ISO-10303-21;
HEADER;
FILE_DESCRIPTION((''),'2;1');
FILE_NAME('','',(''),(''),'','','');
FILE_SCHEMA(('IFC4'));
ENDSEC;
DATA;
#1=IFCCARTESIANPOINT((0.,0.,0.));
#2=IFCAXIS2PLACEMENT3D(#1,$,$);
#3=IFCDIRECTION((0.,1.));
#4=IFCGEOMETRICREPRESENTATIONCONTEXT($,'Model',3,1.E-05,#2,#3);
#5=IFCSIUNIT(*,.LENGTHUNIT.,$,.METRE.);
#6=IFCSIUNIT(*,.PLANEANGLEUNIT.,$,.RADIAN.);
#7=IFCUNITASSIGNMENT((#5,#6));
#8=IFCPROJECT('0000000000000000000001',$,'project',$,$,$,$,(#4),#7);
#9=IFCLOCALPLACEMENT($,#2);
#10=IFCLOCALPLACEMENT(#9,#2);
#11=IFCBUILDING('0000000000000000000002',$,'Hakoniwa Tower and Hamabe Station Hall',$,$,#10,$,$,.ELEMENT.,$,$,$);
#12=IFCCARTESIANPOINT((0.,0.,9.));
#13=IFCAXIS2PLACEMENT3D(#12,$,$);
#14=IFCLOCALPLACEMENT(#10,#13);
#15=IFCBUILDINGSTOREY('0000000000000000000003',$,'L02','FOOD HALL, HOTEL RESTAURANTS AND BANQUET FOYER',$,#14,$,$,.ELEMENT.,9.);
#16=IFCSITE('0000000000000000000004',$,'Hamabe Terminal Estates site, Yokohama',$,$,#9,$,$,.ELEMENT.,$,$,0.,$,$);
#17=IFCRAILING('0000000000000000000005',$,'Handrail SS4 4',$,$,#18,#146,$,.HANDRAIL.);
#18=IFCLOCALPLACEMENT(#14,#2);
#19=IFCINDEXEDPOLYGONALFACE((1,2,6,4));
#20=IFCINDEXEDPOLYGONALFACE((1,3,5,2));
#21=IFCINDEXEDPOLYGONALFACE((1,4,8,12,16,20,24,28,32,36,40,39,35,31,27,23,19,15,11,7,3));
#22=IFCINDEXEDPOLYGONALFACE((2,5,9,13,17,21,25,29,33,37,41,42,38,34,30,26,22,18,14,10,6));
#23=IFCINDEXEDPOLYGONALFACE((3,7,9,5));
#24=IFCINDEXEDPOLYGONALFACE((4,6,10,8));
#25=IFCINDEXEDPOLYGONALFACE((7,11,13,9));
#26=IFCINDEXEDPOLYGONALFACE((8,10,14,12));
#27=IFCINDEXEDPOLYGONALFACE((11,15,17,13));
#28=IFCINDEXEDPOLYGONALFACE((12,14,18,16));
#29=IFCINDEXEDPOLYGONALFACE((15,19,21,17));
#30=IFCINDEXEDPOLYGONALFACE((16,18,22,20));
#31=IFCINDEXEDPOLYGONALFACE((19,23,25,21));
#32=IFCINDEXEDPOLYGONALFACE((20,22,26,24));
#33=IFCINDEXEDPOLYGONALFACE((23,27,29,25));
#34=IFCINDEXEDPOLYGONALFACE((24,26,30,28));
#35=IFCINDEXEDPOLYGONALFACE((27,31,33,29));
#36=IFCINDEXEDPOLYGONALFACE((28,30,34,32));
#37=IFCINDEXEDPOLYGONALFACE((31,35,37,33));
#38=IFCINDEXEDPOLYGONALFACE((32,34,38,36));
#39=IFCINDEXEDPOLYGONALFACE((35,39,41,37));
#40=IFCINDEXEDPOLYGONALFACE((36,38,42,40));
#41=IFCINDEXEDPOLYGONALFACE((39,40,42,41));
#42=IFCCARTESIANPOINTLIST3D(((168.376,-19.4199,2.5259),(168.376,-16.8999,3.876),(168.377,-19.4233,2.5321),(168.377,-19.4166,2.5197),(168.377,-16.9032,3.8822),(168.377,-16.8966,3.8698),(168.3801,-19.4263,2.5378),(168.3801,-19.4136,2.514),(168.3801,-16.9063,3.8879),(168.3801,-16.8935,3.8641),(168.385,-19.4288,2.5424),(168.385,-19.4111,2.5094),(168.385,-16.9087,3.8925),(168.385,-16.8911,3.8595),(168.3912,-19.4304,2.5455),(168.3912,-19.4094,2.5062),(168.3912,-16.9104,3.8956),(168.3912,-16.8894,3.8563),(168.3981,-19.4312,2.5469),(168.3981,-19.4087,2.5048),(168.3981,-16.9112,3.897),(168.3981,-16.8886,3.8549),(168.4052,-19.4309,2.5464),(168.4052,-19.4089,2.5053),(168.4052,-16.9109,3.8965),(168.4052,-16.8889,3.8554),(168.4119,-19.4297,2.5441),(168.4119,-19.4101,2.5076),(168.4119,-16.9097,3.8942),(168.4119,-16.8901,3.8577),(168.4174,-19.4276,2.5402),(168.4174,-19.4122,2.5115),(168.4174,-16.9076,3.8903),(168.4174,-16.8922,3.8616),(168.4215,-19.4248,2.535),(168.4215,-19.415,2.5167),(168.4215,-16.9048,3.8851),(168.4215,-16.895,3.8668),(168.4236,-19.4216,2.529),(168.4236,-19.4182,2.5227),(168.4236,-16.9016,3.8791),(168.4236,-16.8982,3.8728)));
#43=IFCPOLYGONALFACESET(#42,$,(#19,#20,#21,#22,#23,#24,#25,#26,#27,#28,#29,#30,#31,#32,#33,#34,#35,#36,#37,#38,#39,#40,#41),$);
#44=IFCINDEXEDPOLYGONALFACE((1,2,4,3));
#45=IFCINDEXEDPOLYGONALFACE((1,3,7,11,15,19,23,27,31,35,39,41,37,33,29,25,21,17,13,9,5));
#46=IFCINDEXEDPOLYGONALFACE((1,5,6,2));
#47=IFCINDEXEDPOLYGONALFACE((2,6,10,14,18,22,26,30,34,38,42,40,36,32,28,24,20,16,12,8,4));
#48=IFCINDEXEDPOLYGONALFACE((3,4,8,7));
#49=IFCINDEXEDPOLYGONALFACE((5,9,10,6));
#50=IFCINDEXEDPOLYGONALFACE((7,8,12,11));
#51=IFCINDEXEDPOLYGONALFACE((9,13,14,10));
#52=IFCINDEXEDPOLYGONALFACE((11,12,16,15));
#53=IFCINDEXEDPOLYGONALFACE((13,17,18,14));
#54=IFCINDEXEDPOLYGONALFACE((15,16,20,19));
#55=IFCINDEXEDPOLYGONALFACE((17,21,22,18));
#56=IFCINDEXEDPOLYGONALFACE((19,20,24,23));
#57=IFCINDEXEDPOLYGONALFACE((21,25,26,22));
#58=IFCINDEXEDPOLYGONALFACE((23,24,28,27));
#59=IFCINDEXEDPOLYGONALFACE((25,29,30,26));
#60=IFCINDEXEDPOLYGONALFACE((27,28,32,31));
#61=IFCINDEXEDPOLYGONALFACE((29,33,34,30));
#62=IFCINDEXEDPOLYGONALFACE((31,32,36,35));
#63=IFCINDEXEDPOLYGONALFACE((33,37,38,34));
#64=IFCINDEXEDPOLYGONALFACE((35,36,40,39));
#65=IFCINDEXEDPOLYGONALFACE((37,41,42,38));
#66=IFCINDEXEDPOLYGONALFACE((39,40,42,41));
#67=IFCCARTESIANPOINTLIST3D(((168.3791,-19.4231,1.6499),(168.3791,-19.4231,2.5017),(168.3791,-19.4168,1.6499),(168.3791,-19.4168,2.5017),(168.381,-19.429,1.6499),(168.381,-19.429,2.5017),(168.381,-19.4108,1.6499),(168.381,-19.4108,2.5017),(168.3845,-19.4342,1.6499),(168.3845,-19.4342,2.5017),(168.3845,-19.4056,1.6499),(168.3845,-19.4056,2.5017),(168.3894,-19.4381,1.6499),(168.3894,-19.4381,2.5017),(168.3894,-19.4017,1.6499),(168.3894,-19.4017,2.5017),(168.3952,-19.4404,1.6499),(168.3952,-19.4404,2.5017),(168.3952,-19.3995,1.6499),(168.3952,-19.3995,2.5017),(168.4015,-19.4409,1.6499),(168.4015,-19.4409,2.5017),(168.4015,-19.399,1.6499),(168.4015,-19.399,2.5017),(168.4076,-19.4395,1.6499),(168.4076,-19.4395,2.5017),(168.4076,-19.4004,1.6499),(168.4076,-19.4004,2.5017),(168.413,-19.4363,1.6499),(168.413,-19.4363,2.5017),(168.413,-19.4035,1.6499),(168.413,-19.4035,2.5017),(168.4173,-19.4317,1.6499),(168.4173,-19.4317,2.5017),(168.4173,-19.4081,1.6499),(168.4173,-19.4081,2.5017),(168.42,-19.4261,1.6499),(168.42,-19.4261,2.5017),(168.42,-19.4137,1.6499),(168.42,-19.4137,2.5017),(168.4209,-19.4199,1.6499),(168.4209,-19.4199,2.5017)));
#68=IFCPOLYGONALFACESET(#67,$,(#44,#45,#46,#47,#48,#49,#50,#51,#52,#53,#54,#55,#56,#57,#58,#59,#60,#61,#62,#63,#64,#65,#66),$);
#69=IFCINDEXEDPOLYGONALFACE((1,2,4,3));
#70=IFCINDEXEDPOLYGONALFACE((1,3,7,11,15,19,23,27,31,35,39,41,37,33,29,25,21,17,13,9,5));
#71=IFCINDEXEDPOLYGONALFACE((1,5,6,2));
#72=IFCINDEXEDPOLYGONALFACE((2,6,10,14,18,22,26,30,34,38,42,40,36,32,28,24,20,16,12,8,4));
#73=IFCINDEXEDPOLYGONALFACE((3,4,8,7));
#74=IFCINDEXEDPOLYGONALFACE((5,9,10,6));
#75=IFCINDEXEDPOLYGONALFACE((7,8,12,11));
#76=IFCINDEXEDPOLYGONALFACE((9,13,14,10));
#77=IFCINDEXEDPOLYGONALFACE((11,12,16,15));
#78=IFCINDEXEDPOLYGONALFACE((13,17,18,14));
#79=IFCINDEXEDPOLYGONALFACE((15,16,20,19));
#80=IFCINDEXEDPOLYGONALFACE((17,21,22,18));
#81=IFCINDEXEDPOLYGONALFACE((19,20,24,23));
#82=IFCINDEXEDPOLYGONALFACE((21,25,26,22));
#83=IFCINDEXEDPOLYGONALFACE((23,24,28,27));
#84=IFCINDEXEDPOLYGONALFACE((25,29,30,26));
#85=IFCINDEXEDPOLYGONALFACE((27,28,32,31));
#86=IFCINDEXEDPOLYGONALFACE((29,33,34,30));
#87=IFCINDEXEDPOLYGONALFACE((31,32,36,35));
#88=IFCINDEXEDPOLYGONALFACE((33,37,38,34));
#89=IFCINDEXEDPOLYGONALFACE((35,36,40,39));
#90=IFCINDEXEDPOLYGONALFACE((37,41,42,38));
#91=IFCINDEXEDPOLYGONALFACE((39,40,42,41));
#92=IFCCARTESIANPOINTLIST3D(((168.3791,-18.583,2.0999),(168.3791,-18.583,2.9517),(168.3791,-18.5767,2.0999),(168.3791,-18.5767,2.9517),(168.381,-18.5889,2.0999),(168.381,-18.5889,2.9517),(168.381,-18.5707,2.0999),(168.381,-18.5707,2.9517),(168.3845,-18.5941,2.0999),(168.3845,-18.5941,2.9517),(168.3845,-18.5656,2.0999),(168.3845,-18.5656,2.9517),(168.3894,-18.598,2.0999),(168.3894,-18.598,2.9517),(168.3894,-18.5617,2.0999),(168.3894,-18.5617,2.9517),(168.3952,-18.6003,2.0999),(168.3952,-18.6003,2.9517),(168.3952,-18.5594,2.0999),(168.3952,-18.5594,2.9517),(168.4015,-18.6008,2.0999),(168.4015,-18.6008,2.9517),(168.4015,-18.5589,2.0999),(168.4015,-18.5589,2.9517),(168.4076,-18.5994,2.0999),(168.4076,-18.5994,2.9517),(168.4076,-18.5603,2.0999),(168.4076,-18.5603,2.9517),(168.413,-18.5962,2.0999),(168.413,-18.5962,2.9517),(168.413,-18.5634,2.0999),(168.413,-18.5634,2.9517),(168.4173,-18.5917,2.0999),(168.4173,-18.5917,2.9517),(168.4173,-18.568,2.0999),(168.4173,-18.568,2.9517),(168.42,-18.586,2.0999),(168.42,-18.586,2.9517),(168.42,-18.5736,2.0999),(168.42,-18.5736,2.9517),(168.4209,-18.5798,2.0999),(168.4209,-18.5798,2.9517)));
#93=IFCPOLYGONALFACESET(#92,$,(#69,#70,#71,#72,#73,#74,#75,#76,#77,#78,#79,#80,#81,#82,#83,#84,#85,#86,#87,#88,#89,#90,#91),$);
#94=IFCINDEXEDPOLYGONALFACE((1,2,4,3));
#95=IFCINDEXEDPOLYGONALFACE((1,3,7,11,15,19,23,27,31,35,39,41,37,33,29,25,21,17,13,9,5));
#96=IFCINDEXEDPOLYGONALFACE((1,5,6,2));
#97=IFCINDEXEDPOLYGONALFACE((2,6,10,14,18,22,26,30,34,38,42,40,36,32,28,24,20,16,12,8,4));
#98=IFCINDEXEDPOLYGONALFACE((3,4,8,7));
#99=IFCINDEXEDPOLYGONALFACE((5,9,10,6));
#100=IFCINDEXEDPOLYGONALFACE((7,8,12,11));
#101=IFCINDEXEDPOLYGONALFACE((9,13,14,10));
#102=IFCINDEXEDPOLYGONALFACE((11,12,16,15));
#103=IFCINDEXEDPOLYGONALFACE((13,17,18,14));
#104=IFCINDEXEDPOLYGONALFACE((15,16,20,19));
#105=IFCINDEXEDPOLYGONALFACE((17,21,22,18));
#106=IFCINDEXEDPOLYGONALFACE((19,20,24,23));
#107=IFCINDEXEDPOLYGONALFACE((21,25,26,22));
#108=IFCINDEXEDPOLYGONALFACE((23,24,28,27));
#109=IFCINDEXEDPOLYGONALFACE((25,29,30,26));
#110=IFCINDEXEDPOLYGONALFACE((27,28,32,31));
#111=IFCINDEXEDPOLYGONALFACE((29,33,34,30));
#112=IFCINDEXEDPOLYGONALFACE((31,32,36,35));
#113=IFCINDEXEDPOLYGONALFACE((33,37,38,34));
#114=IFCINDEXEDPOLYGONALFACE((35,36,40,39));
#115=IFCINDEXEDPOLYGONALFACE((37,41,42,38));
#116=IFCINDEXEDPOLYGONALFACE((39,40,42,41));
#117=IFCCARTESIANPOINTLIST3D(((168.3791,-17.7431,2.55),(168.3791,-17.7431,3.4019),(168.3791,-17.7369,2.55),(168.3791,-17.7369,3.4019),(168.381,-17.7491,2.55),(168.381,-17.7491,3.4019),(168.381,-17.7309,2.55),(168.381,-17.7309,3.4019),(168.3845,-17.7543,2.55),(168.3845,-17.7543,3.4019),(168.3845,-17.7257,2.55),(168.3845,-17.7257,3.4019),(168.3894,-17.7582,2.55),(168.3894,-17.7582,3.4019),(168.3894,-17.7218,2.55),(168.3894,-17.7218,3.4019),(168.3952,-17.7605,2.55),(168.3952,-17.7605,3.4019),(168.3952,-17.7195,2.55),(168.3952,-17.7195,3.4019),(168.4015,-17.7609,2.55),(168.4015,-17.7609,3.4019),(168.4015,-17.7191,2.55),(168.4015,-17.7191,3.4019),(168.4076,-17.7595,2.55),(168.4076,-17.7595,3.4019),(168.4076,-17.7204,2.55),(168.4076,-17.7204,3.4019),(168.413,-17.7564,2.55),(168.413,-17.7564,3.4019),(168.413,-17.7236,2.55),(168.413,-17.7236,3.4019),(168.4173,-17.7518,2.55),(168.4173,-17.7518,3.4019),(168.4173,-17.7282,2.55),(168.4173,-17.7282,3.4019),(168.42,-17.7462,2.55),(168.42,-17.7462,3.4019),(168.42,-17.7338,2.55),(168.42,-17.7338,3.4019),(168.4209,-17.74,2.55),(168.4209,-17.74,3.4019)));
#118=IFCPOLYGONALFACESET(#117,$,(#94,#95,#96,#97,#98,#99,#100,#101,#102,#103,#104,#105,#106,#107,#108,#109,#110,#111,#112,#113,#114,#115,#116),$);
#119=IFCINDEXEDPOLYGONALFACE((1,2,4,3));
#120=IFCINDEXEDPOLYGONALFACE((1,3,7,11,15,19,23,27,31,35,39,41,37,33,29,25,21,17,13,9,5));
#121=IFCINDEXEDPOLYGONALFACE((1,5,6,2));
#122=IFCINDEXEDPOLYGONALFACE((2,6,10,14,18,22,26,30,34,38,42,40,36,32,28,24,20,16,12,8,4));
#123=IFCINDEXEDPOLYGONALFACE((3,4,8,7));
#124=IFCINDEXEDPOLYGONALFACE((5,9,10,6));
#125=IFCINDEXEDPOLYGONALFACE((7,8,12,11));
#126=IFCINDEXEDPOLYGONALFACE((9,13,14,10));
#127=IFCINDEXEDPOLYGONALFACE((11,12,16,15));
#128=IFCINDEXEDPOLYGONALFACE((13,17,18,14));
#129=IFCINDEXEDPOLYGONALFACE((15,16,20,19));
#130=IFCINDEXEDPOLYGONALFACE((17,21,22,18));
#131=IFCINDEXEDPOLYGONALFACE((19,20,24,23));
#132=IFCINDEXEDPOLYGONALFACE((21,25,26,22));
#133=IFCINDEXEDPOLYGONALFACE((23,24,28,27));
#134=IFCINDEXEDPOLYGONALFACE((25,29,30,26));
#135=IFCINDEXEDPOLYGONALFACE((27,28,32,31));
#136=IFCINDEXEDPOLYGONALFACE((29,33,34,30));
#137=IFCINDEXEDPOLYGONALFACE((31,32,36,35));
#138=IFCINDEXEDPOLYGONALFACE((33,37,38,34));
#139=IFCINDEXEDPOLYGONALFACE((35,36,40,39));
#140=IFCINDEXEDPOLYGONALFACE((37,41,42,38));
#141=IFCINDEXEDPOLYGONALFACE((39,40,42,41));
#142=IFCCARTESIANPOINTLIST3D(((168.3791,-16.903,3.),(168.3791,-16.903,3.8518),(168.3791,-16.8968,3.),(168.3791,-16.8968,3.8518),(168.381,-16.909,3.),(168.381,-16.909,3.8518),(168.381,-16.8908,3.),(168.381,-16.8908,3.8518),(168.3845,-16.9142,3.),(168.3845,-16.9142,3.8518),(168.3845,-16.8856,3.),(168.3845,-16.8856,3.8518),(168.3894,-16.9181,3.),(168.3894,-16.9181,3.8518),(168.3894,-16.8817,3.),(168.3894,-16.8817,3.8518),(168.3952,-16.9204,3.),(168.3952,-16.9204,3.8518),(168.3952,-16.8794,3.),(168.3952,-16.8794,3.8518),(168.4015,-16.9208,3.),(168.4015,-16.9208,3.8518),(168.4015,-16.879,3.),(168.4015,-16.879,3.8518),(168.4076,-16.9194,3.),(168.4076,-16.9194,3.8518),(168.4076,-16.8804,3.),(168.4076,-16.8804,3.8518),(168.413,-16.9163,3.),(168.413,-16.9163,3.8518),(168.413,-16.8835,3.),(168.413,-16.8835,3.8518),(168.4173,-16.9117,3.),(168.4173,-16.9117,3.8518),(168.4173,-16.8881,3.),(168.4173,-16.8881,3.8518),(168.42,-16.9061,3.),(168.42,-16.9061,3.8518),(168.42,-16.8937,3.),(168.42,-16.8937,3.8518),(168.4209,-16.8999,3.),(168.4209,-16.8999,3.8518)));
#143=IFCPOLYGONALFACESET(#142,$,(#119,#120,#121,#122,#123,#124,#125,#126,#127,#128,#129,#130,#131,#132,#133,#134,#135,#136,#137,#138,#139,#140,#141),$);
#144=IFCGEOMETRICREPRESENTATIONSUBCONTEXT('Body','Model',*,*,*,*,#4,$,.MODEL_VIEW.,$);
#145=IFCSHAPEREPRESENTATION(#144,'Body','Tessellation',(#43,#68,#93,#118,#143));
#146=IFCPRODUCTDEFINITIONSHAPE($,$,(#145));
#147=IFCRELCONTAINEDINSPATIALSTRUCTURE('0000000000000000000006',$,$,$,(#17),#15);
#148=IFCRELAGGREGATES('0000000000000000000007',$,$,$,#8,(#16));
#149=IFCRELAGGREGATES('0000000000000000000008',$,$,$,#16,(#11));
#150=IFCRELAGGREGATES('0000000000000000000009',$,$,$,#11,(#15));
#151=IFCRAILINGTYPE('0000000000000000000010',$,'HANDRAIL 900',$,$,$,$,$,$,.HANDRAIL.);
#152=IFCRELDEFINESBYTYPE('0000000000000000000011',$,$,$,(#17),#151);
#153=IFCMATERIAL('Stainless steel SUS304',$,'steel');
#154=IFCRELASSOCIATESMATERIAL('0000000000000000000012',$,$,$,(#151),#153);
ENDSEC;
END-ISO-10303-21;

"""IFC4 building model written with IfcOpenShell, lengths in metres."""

from ifc_helpers import new_model, si_unit, direction, frame, origin, origin_2d, place, context, subcontext, project, spatial, circle, extrude, material, type_object, element, save


model = new_model("IFC4")

# Units and contexts
model_context = context("Model", 3, precision=1e-05, world=origin(), true_north=direction((0.0, 1.0)))
body_context = subcontext(model_context, "Body", "Model", "MODEL_VIEW")
ifc_project = project(units=[si_unit("LENGTHUNIT", "METRE"), si_unit("PLANEANGLEUNIT", "RADIAN")], contexts=[model_context])

# Site, building, storey
site_placement = place(None, origin())
site = spatial("IfcSite", under=ifc_project, at=site_placement, Name="Hamabe Terminal Estates site, Yokohama", CompositionType="ELEMENT", RefElevation=0.0)
building_placement = place(site_placement, origin())
building = spatial("IfcBuilding", under=site, at=building_placement, Name="Hakoniwa Tower and Hamabe Station Hall", CompositionType="ELEMENT")
storey_placement = place(building_placement, frame((0.0, 0.0, 9.0)))
storey = spatial("IfcBuildingStorey", under=building, at=storey_placement, Name="L02", Description="FOOD HALL, HOTEL RESTAURANTS AND BANQUET FOYER", CompositionType="ELEMENT", Elevation=9.0)

# Railing
ifc_material_1 = material(Name="Stainless steel SUS304", Category="steel")
railing_type = type_object("IfcRailingType", Name="HANDRAIL 900", PredefinedType="HANDRAIL", material=ifc_material_1)
for number, where, name in (
    (1, (168.3999, -19.4199, 1.6499), "Handrail SS4 4"),
):
    element("IfcRailing", number, at=place(storey_placement, frame(where)), inside=storey, type_object=railing_type, Name=name, PredefinedType="HANDRAIL", context=body_context, shape_type="SweptSolid", body=[
        extrude(circle(Radius=0.0239, at=origin_2d()), frame((0.0, 0.0, 0.876), z_axis=(0.0, 0.881467, 0.472245), x_axis=(-1.0, 0.0, 0.0)), (0.0, 0.0, 1.0), 2.8589),
        extrude(circle(Radius=0.021, at=origin_2d()), origin(), (0.0, 0.0, 1.0), 0.8518),
        extrude(circle(Radius=0.021, at=origin_2d()), frame((0.0, 0.8401, 0.45)), (0.0, 0.0, 1.0), 0.8518),
        extrude(circle(Radius=0.021, at=origin_2d()), frame((0.0, 1.6799, 0.9001)), (0.0, 0.0, 1.0), 0.8518),
        extrude(circle(Radius=0.021, at=origin_2d()), frame((0.0, 2.52, 1.3501)), (0.0, 0.0, 1.0), 0.8518),
    ])

save(model, "model.ifc")
